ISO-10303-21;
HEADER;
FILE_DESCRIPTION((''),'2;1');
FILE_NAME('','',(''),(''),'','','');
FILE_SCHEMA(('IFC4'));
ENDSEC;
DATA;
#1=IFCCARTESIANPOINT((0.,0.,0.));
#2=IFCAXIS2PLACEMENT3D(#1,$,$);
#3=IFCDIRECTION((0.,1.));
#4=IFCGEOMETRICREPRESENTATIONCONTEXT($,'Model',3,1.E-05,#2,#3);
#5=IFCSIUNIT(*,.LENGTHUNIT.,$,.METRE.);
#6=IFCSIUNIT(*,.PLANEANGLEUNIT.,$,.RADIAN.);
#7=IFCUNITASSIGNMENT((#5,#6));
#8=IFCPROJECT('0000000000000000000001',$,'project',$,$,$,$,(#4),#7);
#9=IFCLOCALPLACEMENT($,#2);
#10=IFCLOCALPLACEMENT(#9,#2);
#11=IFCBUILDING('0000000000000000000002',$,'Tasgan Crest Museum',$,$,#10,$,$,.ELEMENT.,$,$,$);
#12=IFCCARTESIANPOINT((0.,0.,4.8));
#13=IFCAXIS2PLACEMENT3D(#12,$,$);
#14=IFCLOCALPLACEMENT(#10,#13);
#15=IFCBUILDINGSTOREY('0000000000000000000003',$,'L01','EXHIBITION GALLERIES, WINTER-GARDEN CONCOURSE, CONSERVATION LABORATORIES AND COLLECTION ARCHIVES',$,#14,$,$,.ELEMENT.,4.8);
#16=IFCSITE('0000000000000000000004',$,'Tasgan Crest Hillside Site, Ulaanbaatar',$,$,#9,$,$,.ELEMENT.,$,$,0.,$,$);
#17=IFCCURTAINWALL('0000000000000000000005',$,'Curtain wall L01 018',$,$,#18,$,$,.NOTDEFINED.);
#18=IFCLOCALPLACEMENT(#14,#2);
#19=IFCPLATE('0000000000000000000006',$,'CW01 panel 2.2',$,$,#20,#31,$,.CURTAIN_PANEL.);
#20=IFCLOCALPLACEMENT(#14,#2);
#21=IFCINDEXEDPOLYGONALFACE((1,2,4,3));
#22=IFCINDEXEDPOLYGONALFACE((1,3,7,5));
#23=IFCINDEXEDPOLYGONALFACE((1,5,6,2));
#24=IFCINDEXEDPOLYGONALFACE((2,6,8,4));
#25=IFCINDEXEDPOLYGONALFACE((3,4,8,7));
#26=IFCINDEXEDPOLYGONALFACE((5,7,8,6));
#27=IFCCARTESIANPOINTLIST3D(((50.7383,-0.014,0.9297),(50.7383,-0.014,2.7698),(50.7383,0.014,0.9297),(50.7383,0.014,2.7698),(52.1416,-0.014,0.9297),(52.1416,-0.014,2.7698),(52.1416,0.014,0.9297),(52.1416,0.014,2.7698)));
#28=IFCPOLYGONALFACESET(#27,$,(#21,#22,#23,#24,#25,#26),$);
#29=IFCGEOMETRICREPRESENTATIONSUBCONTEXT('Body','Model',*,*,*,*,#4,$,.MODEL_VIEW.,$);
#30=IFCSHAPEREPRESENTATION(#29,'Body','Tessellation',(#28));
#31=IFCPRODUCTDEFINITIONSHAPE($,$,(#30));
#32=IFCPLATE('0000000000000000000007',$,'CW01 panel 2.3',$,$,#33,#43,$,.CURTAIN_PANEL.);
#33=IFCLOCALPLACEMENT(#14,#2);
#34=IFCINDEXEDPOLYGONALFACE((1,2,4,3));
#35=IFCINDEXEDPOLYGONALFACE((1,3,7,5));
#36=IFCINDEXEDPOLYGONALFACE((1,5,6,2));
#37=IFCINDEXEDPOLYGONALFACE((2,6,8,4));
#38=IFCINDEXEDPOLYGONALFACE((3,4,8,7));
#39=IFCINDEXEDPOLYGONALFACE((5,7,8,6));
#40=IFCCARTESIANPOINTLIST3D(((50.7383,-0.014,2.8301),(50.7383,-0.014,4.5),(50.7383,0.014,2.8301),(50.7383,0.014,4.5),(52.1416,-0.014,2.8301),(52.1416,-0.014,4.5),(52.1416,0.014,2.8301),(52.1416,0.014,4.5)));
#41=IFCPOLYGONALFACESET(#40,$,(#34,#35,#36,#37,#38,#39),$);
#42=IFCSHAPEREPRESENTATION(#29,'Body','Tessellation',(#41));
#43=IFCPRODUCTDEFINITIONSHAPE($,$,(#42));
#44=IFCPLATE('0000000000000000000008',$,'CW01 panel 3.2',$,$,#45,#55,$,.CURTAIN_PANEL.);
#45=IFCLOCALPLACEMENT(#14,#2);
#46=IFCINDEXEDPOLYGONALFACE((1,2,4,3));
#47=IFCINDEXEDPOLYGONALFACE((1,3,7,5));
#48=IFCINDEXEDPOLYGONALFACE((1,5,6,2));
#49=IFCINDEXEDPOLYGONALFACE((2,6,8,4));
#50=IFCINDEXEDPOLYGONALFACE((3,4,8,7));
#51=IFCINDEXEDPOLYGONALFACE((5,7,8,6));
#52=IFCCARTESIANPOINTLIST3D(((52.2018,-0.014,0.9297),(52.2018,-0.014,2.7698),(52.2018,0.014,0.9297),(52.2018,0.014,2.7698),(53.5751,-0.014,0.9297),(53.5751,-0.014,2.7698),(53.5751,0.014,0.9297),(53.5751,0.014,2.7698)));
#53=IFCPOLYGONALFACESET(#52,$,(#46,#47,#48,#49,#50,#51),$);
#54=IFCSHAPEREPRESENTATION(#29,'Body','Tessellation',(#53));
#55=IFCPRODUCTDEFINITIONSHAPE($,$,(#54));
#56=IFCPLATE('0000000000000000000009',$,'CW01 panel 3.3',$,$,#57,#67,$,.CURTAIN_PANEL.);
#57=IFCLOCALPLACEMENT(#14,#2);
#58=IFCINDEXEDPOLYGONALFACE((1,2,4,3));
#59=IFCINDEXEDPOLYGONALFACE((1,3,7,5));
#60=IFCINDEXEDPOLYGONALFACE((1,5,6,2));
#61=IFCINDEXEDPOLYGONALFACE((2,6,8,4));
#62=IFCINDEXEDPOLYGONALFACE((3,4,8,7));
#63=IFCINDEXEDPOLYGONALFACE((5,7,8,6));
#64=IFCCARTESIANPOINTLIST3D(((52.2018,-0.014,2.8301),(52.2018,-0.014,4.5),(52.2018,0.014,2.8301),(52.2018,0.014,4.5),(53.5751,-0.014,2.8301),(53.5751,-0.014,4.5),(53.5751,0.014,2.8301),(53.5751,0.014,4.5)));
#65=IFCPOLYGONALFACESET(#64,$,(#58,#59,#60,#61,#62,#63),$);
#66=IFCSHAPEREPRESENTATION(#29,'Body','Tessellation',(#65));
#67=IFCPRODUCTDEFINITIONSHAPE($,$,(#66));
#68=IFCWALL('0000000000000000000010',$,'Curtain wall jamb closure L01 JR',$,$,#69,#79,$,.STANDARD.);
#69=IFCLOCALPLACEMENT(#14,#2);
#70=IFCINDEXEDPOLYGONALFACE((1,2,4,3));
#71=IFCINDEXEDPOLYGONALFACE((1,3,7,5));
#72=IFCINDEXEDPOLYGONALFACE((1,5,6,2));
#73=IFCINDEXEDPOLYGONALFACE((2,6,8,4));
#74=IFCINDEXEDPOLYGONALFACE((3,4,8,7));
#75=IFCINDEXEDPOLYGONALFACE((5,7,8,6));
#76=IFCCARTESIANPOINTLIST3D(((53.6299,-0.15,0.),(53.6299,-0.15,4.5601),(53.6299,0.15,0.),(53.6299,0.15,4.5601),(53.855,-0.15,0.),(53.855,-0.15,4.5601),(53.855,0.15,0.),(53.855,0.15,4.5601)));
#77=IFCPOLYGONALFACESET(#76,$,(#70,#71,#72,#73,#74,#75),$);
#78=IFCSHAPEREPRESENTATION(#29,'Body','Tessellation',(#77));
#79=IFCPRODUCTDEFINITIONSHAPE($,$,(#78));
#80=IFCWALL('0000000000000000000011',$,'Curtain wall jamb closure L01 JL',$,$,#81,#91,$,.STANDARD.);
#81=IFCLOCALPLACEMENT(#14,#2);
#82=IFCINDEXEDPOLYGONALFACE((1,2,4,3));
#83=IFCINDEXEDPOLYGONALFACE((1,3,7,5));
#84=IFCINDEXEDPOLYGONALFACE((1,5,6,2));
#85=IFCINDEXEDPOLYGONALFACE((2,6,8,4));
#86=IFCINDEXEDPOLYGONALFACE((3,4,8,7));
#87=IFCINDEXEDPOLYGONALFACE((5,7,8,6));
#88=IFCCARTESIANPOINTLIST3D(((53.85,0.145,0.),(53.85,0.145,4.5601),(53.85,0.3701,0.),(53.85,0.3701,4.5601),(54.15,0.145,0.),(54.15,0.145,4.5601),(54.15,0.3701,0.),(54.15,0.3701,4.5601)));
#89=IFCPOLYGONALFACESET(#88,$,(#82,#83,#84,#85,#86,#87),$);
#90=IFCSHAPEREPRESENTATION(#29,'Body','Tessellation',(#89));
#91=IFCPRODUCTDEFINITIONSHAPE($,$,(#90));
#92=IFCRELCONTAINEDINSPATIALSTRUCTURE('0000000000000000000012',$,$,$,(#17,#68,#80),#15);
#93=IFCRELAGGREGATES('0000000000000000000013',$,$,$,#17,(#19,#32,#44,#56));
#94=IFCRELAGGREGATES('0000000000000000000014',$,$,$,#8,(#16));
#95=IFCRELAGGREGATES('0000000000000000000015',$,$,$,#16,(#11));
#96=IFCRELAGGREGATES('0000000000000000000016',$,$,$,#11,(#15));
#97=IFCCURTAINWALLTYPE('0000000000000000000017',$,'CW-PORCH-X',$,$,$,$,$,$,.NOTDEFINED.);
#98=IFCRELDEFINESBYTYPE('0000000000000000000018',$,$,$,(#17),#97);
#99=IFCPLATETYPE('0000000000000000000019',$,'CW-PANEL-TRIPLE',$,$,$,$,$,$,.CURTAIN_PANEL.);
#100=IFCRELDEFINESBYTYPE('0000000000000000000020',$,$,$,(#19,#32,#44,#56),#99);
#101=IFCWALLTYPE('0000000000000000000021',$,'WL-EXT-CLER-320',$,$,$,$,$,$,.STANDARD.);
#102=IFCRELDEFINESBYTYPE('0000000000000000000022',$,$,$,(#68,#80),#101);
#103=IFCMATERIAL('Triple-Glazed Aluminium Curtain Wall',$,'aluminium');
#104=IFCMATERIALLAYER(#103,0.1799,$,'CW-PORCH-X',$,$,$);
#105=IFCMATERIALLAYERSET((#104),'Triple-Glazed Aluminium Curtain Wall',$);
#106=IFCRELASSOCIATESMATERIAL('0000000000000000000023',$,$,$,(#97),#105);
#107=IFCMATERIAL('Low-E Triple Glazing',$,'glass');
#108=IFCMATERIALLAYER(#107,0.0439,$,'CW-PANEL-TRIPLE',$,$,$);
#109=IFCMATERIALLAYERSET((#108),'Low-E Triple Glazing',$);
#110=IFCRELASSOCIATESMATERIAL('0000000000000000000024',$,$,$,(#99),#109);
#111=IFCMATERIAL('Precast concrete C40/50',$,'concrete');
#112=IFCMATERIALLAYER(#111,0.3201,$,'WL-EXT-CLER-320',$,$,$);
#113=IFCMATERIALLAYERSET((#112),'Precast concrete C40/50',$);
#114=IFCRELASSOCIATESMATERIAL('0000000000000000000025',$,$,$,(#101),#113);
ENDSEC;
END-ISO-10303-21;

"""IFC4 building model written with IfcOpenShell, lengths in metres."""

from ifc_helpers import new_model, si_unit, direction, frame, frame_2d, origin, origin_2d, place, context, subcontext, project, spatial, rectangle, extrude, material, layer, layer_set, type_object, element, aggregate, save


model = new_model("IFC4")

# Units and contexts
model_context = context("Model", 3, precision=1e-05, world=origin(), true_north=direction((0.0, 1.0)))
body_context = subcontext(model_context, "Body", "Model", "MODEL_VIEW")
ifc_project = project(units=[si_unit("LENGTHUNIT", "METRE"), si_unit("PLANEANGLEUNIT", "RADIAN")], contexts=[model_context])

# Site, building, storey
site_placement = place(None, origin())
site = spatial("IfcSite", under=ifc_project, at=site_placement, Name="Tasgan Crest Hillside Site, Ulaanbaatar", CompositionType="ELEMENT", RefElevation=0.0)
building_placement = place(site_placement, origin())
building = spatial("IfcBuilding", under=site, at=building_placement, Name="Tasgan Crest Museum", CompositionType="ELEMENT")
storey_placement = place(building_placement, frame((0.0, 0.0, 4.8)))
storey = spatial("IfcBuildingStorey", under=building, at=storey_placement, Name="L01", Description="EXHIBITION GALLERIES, WINTER-GARDEN CONCOURSE, CONSERVATION LABORATORIES AND COLLECTION ARCHIVES", CompositionType="ELEMENT", Elevation=4.8)

# Curtain wall
ifc_material_1 = material(Name="Triple-Glazed Aluminium Curtain Wall", Category="aluminium")
ifc_layer_1 = layer(ifc_material_1, 0.1799, Name="CW-PORCH-X")
ifc_layer_set_1 = layer_set([ifc_layer_1], Name="Triple-Glazed Aluminium Curtain Wall")
curtain_wall_type_1 = type_object("IfcCurtainWallType", Name="CW-PORCH-X", PredefinedType="NOTDEFINED", material=ifc_layer_set_1)
curtain_wall_1_placement = place(storey_placement, origin())
curtain_wall_1 = element("IfcCurtainWall", 1, at=curtain_wall_1_placement, inside=storey, type_object=curtain_wall_type_1, Name="Curtain wall L01 018", PredefinedType="NOTDEFINED")

# Plates
ifc_material_2 = material(Name="Low-E Triple Glazing", Category="glass")
ifc_layer_2 = layer(ifc_material_2, 0.0439, Name="CW-PANEL-TRIPLE")
ifc_layer_set_2 = layer_set([ifc_layer_2], Name="Low-E Triple Glazing")
plate_type_1 = type_object("IfcPlateType", Name="CW-PANEL-TRIPLE", PredefinedType="CURTAIN_PANEL", material=ifc_layer_set_2)
plate_1_placement = place(storey_placement, frame((51.4399, 0.0, 0.9297), z_axis=(0.0, 0.0, 1.0), x_axis=(1.0, 0.0, 0.0)))
plate_1 = element("IfcPlate", 2, at=plate_1_placement, type_object=plate_type_1, Name="CW01 panel 2.2", PredefinedType="CURTAIN_PANEL", context=body_context, shape_type="SweptSolid", body=[
    extrude(rectangle(XDim=1.4033, YDim=0.0281, at=origin_2d()), origin(), (0.0, 0.0, 1.0), 1.8401),
])
plate_2_placement = place(storey_placement, frame((51.4399, 0.0, 2.8301), z_axis=(0.0, 0.0, 1.0), x_axis=(1.0, 0.0, 0.0)))
plate_2 = element("IfcPlate", 3, at=plate_2_placement, type_object=plate_type_1, Name="CW01 panel 2.3", PredefinedType="CURTAIN_PANEL", context=body_context, shape_type="SweptSolid", body=[
    extrude(rectangle(XDim=1.4033, YDim=0.0281, at=origin_2d()), origin(), (0.0, 0.0, 1.0), 1.6699),
])
plate_3_placement = place(storey_placement, frame((52.8884, 0.0, 0.9297), z_axis=(0.0, 0.0, 1.0), x_axis=(1.0, 0.0, 0.0)))
plate_3 = element("IfcPlate", 4, at=plate_3_placement, type_object=plate_type_1, Name="CW01 panel 3.2", PredefinedType="CURTAIN_PANEL", context=body_context, shape_type="SweptSolid", body=[
    extrude(rectangle(XDim=1.3733, YDim=0.0281, at=origin_2d()), origin(), (0.0, 0.0, 1.0), 1.8401),
])
plate_4_placement = place(storey_placement, frame((52.8884, 0.0, 2.8301), z_axis=(0.0, 0.0, 1.0), x_axis=(1.0, 0.0, 0.0)))
plate_4 = element("IfcPlate", 5, at=plate_4_placement, type_object=plate_type_1, Name="CW01 panel 3.3", PredefinedType="CURTAIN_PANEL", context=body_context, shape_type="SweptSolid", body=[
    extrude(rectangle(XDim=1.3733, YDim=0.0281, at=origin_2d()), origin(), (0.0, 0.0, 1.0), 1.6699),
])
aggregate(curtain_wall_1, [plate_1, plate_2, plate_3, plate_4])

# Walls
ifc_material_3 = material(Name="Precast concrete C40/50", Category="concrete")
ifc_layer_3 = layer(ifc_material_3, 0.3201, Name="WL-EXT-CLER-320")
ifc_layer_set_3 = layer_set([ifc_layer_3], Name="Precast concrete C40/50")
wall_type = type_object("IfcWallType", Name="WL-EXT-CLER-320", PredefinedType="STANDARD", material=ifc_layer_set_3)
for number, where, z_axis, x_axis, name in (
    (6, (53.6299, 0.0, 0.0), (0.0, 0.0, 1.0), (1.0, 0.0, 0.0), "Curtain wall jamb closure L01 JR"),
    (7, (54.0, 0.145, 0.0), (0.0, 0.0, 1.0), (0.0, 1.0, 0.0), "Curtain wall jamb closure L01 JL"),
):
    element("IfcWall", number, at=place(storey_placement, frame(where, z_axis=z_axis, x_axis=x_axis)), inside=storey, type_object=wall_type, Name=name, PredefinedType="STANDARD", context=body_context, shape_type="SweptSolid", body=[
        extrude(rectangle(XDim=0.2251, YDim=0.3, at=frame_2d((0.1125, 0.0))), origin(), (0.0, 0.0, 1.0), 4.5601),
    ])

save(model, "model.ifc")
